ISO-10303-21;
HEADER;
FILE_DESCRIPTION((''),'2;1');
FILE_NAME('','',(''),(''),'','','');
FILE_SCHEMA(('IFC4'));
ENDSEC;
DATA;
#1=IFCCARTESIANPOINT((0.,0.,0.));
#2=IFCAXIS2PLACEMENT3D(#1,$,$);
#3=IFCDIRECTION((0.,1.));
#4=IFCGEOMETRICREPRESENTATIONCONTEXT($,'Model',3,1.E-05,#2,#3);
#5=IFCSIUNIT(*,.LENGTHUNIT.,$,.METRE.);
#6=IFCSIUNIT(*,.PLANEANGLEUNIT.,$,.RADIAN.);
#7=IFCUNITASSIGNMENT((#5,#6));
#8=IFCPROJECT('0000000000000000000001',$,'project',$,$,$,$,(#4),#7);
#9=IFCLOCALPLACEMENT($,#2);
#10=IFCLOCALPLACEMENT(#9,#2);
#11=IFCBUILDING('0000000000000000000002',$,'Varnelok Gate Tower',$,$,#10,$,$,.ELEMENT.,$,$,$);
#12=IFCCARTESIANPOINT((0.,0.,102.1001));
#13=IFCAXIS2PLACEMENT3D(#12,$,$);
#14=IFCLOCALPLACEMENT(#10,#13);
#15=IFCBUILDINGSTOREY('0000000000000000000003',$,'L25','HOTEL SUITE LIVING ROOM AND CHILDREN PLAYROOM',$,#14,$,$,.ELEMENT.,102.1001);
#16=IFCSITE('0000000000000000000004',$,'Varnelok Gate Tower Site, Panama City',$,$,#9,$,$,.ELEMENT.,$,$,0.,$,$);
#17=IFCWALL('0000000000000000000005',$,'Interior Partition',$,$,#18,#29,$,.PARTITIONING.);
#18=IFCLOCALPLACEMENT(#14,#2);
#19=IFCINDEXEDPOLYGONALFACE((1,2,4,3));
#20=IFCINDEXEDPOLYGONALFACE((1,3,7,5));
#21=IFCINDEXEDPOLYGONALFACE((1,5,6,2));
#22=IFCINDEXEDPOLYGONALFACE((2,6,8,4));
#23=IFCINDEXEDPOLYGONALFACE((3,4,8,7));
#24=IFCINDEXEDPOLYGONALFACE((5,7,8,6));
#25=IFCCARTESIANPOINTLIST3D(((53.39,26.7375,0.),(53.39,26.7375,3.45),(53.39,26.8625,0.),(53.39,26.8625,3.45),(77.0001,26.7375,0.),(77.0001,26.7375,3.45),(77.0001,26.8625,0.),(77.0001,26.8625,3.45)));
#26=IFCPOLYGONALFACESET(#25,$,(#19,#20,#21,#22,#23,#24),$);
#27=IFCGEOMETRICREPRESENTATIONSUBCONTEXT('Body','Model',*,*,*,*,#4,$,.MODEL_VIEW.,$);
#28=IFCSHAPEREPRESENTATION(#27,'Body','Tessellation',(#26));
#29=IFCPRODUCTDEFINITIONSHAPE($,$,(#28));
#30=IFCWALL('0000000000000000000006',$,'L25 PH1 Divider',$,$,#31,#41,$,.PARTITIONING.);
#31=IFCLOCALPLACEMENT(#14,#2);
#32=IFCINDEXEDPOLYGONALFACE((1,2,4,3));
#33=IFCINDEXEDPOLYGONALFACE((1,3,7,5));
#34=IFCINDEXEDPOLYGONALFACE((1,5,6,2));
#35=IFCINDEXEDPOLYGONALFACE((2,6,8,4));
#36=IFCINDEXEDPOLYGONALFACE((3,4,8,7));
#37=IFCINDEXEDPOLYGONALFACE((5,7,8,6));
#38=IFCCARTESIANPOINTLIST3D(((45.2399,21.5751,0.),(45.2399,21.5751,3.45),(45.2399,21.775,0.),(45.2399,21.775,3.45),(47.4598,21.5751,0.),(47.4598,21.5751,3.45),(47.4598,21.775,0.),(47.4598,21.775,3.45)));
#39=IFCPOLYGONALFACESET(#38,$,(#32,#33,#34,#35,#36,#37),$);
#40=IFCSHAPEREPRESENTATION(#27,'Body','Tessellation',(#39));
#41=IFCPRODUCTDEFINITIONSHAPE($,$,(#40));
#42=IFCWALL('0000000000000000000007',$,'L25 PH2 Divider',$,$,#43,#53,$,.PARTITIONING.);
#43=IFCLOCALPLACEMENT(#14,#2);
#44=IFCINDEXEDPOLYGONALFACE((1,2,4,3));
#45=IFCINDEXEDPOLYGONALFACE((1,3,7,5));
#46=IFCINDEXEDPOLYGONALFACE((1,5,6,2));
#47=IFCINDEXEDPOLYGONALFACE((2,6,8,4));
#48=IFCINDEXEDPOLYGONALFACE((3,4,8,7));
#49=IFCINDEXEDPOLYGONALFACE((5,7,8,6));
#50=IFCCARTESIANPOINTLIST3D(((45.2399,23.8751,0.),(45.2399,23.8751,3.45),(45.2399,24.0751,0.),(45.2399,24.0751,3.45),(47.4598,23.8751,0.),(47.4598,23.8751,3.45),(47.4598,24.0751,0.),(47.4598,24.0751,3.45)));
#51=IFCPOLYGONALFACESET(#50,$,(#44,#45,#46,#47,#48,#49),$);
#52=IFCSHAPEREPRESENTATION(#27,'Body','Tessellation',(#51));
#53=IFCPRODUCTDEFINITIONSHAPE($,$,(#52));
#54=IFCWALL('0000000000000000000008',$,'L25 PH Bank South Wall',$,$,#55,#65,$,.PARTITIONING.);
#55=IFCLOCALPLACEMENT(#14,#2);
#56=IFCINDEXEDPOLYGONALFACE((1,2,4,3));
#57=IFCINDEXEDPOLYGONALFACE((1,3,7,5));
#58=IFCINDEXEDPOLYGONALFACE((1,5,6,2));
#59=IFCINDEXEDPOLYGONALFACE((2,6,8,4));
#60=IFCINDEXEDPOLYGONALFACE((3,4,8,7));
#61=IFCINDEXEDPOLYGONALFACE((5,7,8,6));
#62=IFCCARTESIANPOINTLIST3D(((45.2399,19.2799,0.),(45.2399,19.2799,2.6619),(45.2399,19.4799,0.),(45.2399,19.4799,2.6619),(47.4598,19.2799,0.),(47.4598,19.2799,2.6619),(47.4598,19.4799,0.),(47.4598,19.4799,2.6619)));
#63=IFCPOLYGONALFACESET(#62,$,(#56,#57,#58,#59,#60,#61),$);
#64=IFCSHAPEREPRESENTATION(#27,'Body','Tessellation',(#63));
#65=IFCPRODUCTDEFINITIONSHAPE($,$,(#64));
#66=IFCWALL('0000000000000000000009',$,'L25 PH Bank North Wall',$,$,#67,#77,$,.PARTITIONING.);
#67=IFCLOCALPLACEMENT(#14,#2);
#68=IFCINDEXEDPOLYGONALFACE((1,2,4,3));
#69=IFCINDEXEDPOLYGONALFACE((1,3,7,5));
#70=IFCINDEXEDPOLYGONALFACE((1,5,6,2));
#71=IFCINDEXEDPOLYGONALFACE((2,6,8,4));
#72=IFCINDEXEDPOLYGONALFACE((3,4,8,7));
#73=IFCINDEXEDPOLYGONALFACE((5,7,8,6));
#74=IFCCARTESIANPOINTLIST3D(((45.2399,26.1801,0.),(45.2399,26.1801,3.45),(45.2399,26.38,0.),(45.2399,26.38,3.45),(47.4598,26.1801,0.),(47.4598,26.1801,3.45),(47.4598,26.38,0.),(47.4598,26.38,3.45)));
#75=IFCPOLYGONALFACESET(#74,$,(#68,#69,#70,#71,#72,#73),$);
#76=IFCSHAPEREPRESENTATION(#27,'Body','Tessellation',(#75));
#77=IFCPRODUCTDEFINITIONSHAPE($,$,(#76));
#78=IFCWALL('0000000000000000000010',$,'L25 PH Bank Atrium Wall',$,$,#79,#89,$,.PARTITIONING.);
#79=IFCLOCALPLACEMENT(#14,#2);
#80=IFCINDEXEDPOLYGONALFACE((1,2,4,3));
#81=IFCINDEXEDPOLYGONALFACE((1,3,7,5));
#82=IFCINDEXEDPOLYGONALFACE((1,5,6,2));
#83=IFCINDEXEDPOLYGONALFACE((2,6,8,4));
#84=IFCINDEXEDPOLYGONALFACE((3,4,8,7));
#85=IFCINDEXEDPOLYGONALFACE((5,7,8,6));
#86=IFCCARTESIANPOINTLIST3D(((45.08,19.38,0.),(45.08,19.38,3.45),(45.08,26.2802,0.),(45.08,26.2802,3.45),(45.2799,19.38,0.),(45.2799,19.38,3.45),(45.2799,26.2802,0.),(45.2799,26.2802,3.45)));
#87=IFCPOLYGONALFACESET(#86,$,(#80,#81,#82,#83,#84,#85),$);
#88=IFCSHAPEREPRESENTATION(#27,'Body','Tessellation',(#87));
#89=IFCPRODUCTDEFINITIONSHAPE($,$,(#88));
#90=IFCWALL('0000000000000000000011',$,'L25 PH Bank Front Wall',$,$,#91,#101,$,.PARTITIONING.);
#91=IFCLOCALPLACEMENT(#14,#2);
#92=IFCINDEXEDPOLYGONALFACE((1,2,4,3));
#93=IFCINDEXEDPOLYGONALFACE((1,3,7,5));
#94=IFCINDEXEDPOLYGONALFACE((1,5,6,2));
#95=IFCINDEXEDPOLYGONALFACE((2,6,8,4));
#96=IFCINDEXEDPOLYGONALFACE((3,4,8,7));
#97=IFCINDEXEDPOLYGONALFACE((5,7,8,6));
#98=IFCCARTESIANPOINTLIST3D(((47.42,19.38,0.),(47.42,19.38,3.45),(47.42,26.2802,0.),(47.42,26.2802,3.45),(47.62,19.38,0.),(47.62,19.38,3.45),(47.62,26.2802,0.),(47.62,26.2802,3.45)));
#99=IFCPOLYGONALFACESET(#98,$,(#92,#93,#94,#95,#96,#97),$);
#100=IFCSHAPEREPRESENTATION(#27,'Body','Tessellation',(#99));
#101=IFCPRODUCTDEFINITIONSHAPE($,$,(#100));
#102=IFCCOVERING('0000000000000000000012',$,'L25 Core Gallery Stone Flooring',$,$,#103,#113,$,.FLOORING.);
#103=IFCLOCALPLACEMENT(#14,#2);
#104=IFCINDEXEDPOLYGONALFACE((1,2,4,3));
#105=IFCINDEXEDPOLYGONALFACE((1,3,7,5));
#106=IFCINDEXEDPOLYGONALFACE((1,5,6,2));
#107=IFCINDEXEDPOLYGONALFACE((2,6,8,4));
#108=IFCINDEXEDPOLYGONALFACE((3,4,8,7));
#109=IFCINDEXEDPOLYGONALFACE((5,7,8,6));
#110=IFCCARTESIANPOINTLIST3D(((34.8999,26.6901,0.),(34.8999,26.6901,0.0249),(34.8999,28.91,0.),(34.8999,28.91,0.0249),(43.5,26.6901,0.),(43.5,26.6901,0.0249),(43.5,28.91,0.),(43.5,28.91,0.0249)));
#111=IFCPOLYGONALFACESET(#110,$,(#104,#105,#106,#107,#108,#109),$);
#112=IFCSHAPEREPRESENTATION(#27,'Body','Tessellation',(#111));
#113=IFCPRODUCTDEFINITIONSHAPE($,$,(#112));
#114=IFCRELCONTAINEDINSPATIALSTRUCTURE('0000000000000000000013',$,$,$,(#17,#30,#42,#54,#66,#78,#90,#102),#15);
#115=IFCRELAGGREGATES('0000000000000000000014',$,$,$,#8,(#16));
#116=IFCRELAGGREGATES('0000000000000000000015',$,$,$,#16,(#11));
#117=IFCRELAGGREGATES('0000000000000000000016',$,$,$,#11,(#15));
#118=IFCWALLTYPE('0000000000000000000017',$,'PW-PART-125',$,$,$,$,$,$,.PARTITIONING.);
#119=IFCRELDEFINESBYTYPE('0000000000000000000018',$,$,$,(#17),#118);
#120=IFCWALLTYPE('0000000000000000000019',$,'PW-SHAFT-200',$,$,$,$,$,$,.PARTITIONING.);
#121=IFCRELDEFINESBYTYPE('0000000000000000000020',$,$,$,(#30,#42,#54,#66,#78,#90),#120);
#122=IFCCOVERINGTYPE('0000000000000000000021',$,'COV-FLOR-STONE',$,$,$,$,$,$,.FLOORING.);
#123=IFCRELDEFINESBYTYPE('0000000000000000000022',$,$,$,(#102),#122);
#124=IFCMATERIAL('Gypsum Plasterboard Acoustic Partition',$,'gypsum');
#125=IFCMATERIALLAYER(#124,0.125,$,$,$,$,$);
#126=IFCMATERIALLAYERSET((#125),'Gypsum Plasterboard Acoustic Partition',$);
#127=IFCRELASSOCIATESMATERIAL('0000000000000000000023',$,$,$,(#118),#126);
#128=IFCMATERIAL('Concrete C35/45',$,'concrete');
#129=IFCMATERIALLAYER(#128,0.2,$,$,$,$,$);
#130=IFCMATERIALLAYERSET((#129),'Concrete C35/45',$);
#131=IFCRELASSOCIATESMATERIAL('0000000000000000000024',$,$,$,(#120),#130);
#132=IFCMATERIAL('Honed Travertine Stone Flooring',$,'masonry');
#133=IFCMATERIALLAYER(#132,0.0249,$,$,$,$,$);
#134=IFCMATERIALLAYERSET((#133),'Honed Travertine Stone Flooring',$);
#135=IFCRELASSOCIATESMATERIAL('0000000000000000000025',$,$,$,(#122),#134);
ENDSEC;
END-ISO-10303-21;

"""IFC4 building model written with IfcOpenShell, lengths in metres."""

from ifc_helpers import new_model, si_unit, direction, frame, frame_2d, origin, origin_2d, place, context, subcontext, project, spatial, rectangle, extrude, source, transform, mapped, material, layer, layer_set, type_object, element, save


model = new_model("IFC4")

# Units and contexts
model_context = context("Model", 3, precision=1e-05, world=origin(), true_north=direction((0.0, 1.0)))
body_context = subcontext(model_context, "Body", "Model", "MODEL_VIEW")
ifc_project = project(units=[si_unit("LENGTHUNIT", "METRE"), si_unit("PLANEANGLEUNIT", "RADIAN")], contexts=[model_context])

# Site, building, storey
site_placement = place(None, origin())
site = spatial("IfcSite", under=ifc_project, at=site_placement, Name="Varnelok Gate Tower Site, Panama City", CompositionType="ELEMENT", RefElevation=0.0)
building_placement = place(site_placement, origin())
building = spatial("IfcBuilding", under=site, at=building_placement, Name="Varnelok Gate Tower", CompositionType="ELEMENT")
storey_placement = place(building_placement, frame((0.0, 0.0, 102.1001)))
storey = spatial("IfcBuildingStorey", under=building, at=storey_placement, Name="L25", Description="HOTEL SUITE LIVING ROOM AND CHILDREN PLAYROOM", CompositionType="ELEMENT", Elevation=102.1001)

# Shared definitions
ifc_material_1 = material(Name="Gypsum Plasterboard Acoustic Partition", Category="gypsum")

# Walls
ifc_layer_1 = layer(ifc_material_1, 0.125)
ifc_layer_set_1 = layer_set([ifc_layer_1], Name="Gypsum Plasterboard Acoustic Partition")
wall_type_1 = type_object("IfcWallType", Name="PW-PART-125", PredefinedType="PARTITIONING", material=ifc_layer_set_1)
wall_1_placement = place(storey_placement, frame((53.3899, 26.8, 0.0), z_axis=(0.0, 0.0, 1.0), x_axis=(1.0, 0.0, 0.0)))
element("IfcWall", 1, at=wall_1_placement, inside=storey, type_object=wall_type_1, Name="Interior Partition", PredefinedType="PARTITIONING", context=body_context, shape_type="SweptSolid", body=[
    extrude(rectangle(XDim=23.6101, YDim=0.125, at=frame_2d((11.8052, 0.0))), origin(), (0.0, 0.0, 1.0), 3.45),
])
ifc_material_2 = material(Name="Concrete C35/45", Category="concrete")
ifc_layer_2 = layer(ifc_material_2, 0.2)
ifc_layer_set_2 = layer_set([ifc_layer_2], Name="Concrete C35/45")
wall_type_2 = type_object("IfcWallType", Name="PW-SHAFT-200", PredefinedType="PARTITIONING", material=ifc_layer_set_2)
for number, where, z_axis, x_axis, name in (
    (2, (45.24, 21.675, 0.0), (0.0, 0.0, 1.0), (1.0, 0.0, 0.0), "L25 PH1 Divider"),
    (3, (45.24, 23.9751, 0.0), (0.0, 0.0, 1.0), (1.0, 0.0, 0.0), "L25 PH2 Divider"),
):
    element("IfcWall", number, at=place(storey_placement, frame(where, z_axis=z_axis, x_axis=x_axis)), inside=storey, type_object=wall_type_2, Name=name, PredefinedType="PARTITIONING", context=body_context, shape_type="SweptSolid", body=[
        extrude(rectangle(XDim=2.22, YDim=0.2, at=frame_2d((1.1099, 0.0))), origin(), (0.0, 0.0, 1.0), 3.45),
    ])
wall_2_placement = place(storey_placement, frame((45.24, 19.3799, 0.0), z_axis=(0.0, 0.0, 1.0), x_axis=(1.0, 0.0, 0.0)))
element("IfcWall", 4, at=wall_2_placement, inside=storey, type_object=wall_type_2, Name="L25 PH Bank South Wall", PredefinedType="PARTITIONING", context=body_context, shape_type="SweptSolid", body=[
    extrude(rectangle(XDim=2.22, YDim=0.2, at=frame_2d((1.1099, 0.0))), origin(), (0.0, 0.0, 1.0), 2.6619),
])
wall_3_placement = place(storey_placement, frame((45.24, 26.28, 0.0), z_axis=(0.0, 0.0, 1.0), x_axis=(1.0, 0.0, 0.0)))
element("IfcWall", 5, at=wall_3_placement, inside=storey, type_object=wall_type_2, Name="L25 PH Bank North Wall", PredefinedType="PARTITIONING", context=body_context, shape_type="SweptSolid", body=[
    extrude(rectangle(XDim=2.22, YDim=0.2, at=frame_2d((1.1099, 0.0))), origin(), (0.0, 0.0, 1.0), 3.45),
])
for number, where, z_axis, x_axis, name in (
    (6, (45.1799, 19.3799, 0.0), (0.0, 0.0, 1.0), (0.0, 1.0, 0.0), "L25 PH Bank Atrium Wall"),
    (7, (47.52, 19.3799, 0.0), (0.0, 0.0, 1.0), (0.0, 1.0, 0.0), "L25 PH Bank Front Wall"),
):
    element("IfcWall", number, at=place(storey_placement, frame(where, z_axis=z_axis, x_axis=x_axis)), inside=storey, type_object=wall_type_2, Name=name, PredefinedType="PARTITIONING", context=body_context, shape_type="SweptSolid", body=[
        extrude(rectangle(XDim=6.9001, YDim=0.2, at=frame_2d((3.4502, 0.0))), origin(), (0.0, 0.0, 1.0), 3.45),
    ])

# Covering
ifc_material_3 = material(Name="Honed Travertine Stone Flooring", Category="masonry")
ifc_layer_3 = layer(ifc_material_3, 0.0249)
ifc_layer_set_3 = layer_set([ifc_layer_3], Name="Honed Travertine Stone Flooring")
covering_type = type_object("IfcCoveringType", Name="COV-FLOR-STONE", PredefinedType="FLOORING", material=ifc_layer_set_3)
shared_shape = source(origin(), body_context, "Body", "SweptSolid", [
    extrude(rectangle(XDim=8.6001, YDim=2.22, at=origin_2d()), origin(), (0.0, 0.0, 1.0), 0.0249),
])
covering_placement = place(storey_placement, frame((39.2, 27.8, 0.0), z_axis=(0.0, 0.0, 1.0), x_axis=(1.0, 0.0, 0.0)))
element("IfcCovering", 8, at=covering_placement, inside=storey, type_object=covering_type, Name="L25 Core Gallery Stone Flooring", PredefinedType="FLOORING", context=body_context, shape_type="MappedRepresentation", body=[
    mapped(shared_shape, transform((0.0, 0.0, 0.0), scale=1.0)),
])

save(model, "model.ifc")
